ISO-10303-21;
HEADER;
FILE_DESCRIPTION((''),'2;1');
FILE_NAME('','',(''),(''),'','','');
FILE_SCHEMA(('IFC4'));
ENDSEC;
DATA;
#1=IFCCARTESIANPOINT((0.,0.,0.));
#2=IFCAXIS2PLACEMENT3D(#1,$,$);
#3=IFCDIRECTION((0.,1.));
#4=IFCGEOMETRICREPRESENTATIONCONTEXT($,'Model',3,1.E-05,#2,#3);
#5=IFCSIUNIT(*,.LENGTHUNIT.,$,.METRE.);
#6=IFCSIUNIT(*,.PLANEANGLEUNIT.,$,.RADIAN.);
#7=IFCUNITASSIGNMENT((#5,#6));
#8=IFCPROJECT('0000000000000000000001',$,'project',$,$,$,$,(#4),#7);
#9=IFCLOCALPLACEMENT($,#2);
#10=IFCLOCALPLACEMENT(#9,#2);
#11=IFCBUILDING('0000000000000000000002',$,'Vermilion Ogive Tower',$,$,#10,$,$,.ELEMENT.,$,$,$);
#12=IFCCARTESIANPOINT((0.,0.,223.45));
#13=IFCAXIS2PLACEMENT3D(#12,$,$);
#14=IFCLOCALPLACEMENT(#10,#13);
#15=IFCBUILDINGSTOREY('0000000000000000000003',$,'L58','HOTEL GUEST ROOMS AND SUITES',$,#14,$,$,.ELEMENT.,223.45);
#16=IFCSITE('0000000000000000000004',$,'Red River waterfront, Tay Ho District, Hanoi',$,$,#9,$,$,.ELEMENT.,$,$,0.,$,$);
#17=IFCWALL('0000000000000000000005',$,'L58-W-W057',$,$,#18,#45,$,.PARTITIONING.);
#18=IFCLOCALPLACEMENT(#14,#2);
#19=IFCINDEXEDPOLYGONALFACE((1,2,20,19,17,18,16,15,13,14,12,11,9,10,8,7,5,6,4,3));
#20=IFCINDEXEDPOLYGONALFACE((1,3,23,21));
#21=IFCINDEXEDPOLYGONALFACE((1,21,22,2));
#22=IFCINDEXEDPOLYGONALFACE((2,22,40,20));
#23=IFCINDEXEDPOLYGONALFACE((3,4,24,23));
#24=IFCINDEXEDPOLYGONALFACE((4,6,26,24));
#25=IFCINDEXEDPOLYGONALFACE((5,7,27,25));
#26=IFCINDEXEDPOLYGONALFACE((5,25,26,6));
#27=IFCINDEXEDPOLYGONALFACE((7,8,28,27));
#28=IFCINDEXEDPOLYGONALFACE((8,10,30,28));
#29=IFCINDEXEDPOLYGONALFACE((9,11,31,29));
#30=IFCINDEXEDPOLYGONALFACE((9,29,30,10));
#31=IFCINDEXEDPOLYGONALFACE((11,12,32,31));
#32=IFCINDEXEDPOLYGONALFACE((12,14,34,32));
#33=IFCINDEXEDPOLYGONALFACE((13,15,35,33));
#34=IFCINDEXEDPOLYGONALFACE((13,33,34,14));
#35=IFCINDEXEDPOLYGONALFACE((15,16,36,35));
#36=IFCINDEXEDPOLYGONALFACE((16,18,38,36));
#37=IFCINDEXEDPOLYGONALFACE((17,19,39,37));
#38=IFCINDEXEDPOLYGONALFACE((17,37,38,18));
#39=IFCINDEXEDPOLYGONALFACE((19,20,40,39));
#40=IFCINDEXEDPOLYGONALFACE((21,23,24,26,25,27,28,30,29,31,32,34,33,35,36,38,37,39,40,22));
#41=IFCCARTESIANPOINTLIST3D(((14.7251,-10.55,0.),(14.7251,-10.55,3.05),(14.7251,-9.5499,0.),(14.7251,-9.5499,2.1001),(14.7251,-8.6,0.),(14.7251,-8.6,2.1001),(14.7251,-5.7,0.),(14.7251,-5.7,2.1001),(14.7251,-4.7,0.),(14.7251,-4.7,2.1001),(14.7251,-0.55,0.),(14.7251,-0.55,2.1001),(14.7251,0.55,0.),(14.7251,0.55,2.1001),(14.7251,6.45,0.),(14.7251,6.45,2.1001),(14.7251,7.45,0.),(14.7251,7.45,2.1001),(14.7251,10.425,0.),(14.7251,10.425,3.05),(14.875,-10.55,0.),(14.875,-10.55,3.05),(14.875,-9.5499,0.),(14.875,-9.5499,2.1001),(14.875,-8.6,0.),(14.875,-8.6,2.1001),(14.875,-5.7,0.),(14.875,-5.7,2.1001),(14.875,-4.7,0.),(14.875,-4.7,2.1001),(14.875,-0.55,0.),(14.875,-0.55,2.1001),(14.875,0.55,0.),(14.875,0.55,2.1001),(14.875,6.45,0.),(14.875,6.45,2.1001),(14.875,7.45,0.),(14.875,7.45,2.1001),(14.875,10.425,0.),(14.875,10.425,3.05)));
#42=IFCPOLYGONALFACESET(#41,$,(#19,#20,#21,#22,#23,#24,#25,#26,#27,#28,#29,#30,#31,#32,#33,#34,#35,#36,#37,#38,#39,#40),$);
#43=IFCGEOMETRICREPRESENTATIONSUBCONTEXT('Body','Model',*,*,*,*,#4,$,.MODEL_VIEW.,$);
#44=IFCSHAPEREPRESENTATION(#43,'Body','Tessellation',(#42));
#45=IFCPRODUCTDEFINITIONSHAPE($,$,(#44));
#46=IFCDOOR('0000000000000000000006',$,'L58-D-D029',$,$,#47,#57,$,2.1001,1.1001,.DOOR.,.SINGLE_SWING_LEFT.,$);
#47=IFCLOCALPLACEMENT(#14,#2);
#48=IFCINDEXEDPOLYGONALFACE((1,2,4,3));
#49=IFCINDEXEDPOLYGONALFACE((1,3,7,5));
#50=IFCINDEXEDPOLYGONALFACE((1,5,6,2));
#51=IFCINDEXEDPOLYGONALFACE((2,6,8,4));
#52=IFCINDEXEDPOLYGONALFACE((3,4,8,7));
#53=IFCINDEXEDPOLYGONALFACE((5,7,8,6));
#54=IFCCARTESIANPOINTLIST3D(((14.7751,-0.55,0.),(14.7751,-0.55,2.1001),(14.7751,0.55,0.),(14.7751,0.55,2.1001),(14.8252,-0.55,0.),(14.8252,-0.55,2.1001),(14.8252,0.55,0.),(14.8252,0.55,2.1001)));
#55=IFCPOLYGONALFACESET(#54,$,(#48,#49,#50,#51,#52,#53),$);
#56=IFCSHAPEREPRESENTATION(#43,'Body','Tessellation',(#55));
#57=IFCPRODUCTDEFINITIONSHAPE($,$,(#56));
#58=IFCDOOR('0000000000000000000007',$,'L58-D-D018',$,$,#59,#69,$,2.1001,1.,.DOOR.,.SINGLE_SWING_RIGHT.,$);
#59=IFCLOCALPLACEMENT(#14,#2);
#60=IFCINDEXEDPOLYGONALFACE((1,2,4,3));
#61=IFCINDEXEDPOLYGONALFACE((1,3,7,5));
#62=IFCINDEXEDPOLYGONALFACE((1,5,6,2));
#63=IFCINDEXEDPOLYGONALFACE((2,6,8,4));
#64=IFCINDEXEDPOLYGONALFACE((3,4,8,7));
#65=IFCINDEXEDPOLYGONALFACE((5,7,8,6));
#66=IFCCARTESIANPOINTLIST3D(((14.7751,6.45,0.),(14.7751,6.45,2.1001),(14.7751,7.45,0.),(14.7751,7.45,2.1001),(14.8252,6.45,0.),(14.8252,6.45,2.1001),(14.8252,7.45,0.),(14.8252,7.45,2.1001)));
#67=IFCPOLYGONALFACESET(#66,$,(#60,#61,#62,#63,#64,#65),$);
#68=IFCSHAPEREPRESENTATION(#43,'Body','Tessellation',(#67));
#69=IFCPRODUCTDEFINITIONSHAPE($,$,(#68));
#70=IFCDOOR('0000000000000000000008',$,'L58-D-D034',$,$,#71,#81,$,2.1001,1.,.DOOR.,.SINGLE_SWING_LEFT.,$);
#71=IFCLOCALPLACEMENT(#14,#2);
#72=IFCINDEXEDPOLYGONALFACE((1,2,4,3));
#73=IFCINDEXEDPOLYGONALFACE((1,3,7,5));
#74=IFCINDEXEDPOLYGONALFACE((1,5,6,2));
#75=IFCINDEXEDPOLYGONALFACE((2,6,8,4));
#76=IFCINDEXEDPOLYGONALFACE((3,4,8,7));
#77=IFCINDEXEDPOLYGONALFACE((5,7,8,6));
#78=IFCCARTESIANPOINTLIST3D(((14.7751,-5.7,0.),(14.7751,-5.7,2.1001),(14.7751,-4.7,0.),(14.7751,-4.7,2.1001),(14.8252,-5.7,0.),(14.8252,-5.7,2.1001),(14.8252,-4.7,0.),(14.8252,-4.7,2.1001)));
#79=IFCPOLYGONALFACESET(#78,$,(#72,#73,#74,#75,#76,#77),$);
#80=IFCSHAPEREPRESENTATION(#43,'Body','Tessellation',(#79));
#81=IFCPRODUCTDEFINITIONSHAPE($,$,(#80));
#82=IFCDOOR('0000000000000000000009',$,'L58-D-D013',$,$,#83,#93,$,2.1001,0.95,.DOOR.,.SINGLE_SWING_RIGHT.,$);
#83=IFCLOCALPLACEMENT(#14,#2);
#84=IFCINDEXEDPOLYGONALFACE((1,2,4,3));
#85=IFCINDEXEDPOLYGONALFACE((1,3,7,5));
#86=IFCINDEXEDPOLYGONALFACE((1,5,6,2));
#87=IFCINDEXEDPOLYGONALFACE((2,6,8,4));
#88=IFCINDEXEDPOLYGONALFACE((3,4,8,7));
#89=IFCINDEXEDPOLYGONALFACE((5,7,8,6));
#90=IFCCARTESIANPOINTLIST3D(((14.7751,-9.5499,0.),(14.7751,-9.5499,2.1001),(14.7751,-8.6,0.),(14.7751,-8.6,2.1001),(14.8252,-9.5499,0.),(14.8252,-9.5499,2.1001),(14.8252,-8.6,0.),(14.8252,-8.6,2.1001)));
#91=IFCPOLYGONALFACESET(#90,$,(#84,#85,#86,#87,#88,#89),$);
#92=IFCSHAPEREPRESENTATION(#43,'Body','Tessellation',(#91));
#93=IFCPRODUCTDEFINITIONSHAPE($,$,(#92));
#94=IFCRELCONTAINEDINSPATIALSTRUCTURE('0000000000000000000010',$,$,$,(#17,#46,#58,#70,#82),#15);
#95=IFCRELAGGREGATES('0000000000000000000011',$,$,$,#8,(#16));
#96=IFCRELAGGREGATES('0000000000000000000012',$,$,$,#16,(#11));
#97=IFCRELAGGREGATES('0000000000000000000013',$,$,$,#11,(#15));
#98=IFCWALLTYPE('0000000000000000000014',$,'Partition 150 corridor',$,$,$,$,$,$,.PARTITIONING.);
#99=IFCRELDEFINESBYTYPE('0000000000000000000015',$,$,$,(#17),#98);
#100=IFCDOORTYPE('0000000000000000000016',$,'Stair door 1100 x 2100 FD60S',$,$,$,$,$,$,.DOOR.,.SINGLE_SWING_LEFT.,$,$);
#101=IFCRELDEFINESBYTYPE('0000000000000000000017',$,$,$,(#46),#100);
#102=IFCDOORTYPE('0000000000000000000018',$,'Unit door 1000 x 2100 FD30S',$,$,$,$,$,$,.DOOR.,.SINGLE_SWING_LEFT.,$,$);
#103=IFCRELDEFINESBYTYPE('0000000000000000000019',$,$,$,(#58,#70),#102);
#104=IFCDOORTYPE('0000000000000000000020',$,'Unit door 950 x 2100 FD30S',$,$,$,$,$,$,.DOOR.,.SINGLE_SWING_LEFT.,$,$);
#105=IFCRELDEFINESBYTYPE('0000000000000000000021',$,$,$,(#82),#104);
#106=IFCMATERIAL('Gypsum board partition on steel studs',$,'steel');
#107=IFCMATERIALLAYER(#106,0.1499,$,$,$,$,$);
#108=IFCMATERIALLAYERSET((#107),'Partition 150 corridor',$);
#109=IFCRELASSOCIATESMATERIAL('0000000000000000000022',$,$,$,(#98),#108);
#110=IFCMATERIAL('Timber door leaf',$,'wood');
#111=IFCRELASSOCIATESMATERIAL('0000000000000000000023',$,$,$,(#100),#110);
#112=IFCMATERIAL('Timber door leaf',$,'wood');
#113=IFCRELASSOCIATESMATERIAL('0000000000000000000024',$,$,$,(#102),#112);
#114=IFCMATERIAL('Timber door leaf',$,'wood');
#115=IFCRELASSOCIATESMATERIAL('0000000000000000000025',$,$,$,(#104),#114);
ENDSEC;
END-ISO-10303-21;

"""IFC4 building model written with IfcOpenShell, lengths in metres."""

from ifc_helpers import new_model, si_unit, direction, frame, frame_2d, origin, place, context, subcontext, project, spatial, rectangle, extrude, material, layer, layer_set, type_object, element, fill, save


model = new_model("IFC4")

# Units and contexts
model_context = context("Model", 3, precision=1e-05, world=origin(), true_north=direction((0.0, 1.0)))
body_context = subcontext(model_context, "Body", "Model", "MODEL_VIEW")
ifc_project = project(units=[si_unit("LENGTHUNIT", "METRE"), si_unit("PLANEANGLEUNIT", "RADIAN")], contexts=[model_context])

# Site, building, storey
site_placement = place(None, origin())
site = spatial("IfcSite", under=ifc_project, at=site_placement, Name="Red River waterfront, Tay Ho District, Hanoi", CompositionType="ELEMENT", RefElevation=0.0)
building_placement = place(site_placement, origin())
building = spatial("IfcBuilding", under=site, at=building_placement, Name="Vermilion Ogive Tower", CompositionType="ELEMENT")
storey_placement = place(building_placement, frame((0.0, 0.0, 223.45)))
storey = spatial("IfcBuildingStorey", under=building, at=storey_placement, Name="L58", Description="HOTEL GUEST ROOMS AND SUITES", CompositionType="ELEMENT", Elevation=223.45)

# Shared definitions
ifc_material_1 = material(Name="Gypsum board partition on steel studs", Category="steel")
ifc_layer_1 = layer(ifc_material_1, 0.1499)
ifc_layer_set_1 = layer_set([ifc_layer_1], Name="Partition 150 corridor")
wall_type_1 = type_object("IfcWallType", Name="Partition 150 corridor", PredefinedType="PARTITIONING", material=ifc_layer_set_1)
ifc_material_2 = material(Name="Timber door leaf", Category="wood")
door_type_1 = type_object("IfcDoorType", Name="Stair door 1100 x 2100 FD60S", OperationType="SINGLE_SWING_LEFT", PredefinedType="DOOR", material=ifc_material_2)

# Wall, openings, doors
wall_1_placement = place(storey_placement, frame((14.8, -10.55, 0.0), z_axis=(0.0, 0.0, 1.0), x_axis=(0.0, 1.0, 0.0)))
wall_1 = element("IfcWall", 1, at=wall_1_placement, inside=storey, type_object=wall_type_1, Name="L58-W-W057", PredefinedType="PARTITIONING", context=body_context, shape_type="SweptSolid", body=[
    extrude(rectangle(XDim=20.9751, YDim=0.1499, at=frame_2d((10.4875, 0.0))), origin(), (0.0, 0.0, 1.0), 3.05),
])
opening_1_placement = place(wall_1_placement, frame((1.0, 0.0, 0.0)))
opening_1 = element("IfcOpeningElement", 2, at=opening_1_placement, cuts=wall_1, PredefinedType="OPENING", context=body_context, shape_type="SweptSolid", body=[
    extrude(rectangle(XDim=0.95, YDim=2.1001, at=frame_2d((0.4751, 1.05))), frame((0.0, 0.085, 0.0), z_axis=(0.0, -1.0, 0.0), x_axis=(1.0, 0.0, 0.0)), (0.0, 0.0, 1.0), 0.1699),
])
opening_2_placement = place(wall_1_placement, frame((17.0, 0.0, 0.0)))
opening_2 = element("IfcOpeningElement", 3, at=opening_2_placement, cuts=wall_1, PredefinedType="OPENING", context=body_context, shape_type="SweptSolid", body=[
    extrude(rectangle(XDim=1.0, YDim=2.1001, at=frame_2d((0.5, 1.05))), frame((0.0, 0.085, 0.0), z_axis=(0.0, -1.0, 0.0), x_axis=(1.0, 0.0, 0.0)), (0.0, 0.0, 1.0), 0.1699),
])
opening_3_placement = place(wall_1_placement, frame((10.0, 0.0, 0.0)))
opening_3 = element("IfcOpeningElement", 4, at=opening_3_placement, cuts=wall_1, PredefinedType="OPENING", context=body_context, shape_type="SweptSolid", body=[
    extrude(rectangle(XDim=1.1001, YDim=2.1001, at=frame_2d((0.55, 1.05))), frame((0.0, 0.085, 0.0), z_axis=(0.0, -1.0, 0.0), x_axis=(1.0, 0.0, 0.0)), (0.0, 0.0, 1.0), 0.1699),
])
opening_4_placement = place(wall_1_placement, frame((4.8501, 0.0, 0.0)))
opening_4 = element("IfcOpeningElement", 5, at=opening_4_placement, cuts=wall_1, PredefinedType="OPENING", context=body_context, shape_type="SweptSolid", body=[
    extrude(rectangle(XDim=1.0, YDim=2.1001, at=frame_2d((0.5, 1.05))), frame((0.0, 0.085, 0.0), z_axis=(0.0, -1.0, 0.0), x_axis=(1.0, 0.0, 0.0)), (0.0, 0.0, 1.0), 0.1699),
])
door_1_placement = place(opening_3_placement, origin())
door_1 = element("IfcDoor", 6, at=door_1_placement, inside=storey, type_object=door_type_1, Name="L58-D-D029", OperationType="SINGLE_SWING_LEFT", OverallHeight=2.1001, OverallWidth=1.1001, PredefinedType="DOOR", context=body_context, shape_type="SweptSolid", body=[
    extrude(rectangle(XDim=1.1001, YDim=2.1001, at=frame_2d((0.55, 1.05))), frame((0.0, 0.0249, 0.0), z_axis=(0.0, -1.0, 0.0), x_axis=(1.0, 0.0, 0.0)), (0.0, 0.0, 1.0), 0.05),
])
fill(opening_3, door_1)
ifc_material_3 = material(Name="Timber door leaf", Category="wood")
door_type_2 = type_object("IfcDoorType", Name="Unit door 1000 x 2100 FD30S", OperationType="SINGLE_SWING_LEFT", PredefinedType="DOOR", material=ifc_material_3)
door_2_placement = place(opening_2_placement, origin())
door_2 = element("IfcDoor", 7, at=door_2_placement, inside=storey, type_object=door_type_2, Name="L58-D-D018", OperationType="SINGLE_SWING_RIGHT", OverallHeight=2.1001, OverallWidth=1.0, PredefinedType="DOOR", context=body_context, shape_type="SweptSolid", body=[
    extrude(rectangle(XDim=1.0, YDim=2.1001, at=frame_2d((0.5, 1.05))), frame((0.0, 0.0249, 0.0), z_axis=(0.0, -1.0, 0.0), x_axis=(1.0, 0.0, 0.0)), (0.0, 0.0, 1.0), 0.05),
])
fill(opening_2, door_2)
door_3_placement = place(opening_4_placement, origin())
door_3 = element("IfcDoor", 8, at=door_3_placement, inside=storey, type_object=door_type_2, Name="L58-D-D034", OperationType="SINGLE_SWING_LEFT", OverallHeight=2.1001, OverallWidth=1.0, PredefinedType="DOOR", context=body_context, shape_type="SweptSolid", body=[
    extrude(rectangle(XDim=1.0, YDim=2.1001, at=frame_2d((0.5, 1.05))), frame((0.0, 0.0249, 0.0), z_axis=(0.0, -1.0, 0.0), x_axis=(1.0, 0.0, 0.0)), (0.0, 0.0, 1.0), 0.05),
])
fill(opening_4, door_3)
ifc_material_4 = material(Name="Timber door leaf", Category="wood")
door_type_3 = type_object("IfcDoorType", Name="Unit door 950 x 2100 FD30S", OperationType="SINGLE_SWING_LEFT", PredefinedType="DOOR", material=ifc_material_4)
door_4_placement = place(opening_1_placement, origin())
door_4 = element("IfcDoor", 9, at=door_4_placement, inside=storey, type_object=door_type_3, Name="L58-D-D013", OperationType="SINGLE_SWING_RIGHT", OverallHeight=2.1001, OverallWidth=0.95, PredefinedType="DOOR", context=body_context, shape_type="SweptSolid", body=[
    extrude(rectangle(XDim=0.95, YDim=2.1001, at=frame_2d((0.4751, 1.05))), frame((0.0, 0.0249, 0.0), z_axis=(0.0, -1.0, 0.0), x_axis=(1.0, 0.0, 0.0)), (0.0, 0.0, 1.0), 0.05),
])
fill(opening_1, door_4)

save(model, "model.ifc")
